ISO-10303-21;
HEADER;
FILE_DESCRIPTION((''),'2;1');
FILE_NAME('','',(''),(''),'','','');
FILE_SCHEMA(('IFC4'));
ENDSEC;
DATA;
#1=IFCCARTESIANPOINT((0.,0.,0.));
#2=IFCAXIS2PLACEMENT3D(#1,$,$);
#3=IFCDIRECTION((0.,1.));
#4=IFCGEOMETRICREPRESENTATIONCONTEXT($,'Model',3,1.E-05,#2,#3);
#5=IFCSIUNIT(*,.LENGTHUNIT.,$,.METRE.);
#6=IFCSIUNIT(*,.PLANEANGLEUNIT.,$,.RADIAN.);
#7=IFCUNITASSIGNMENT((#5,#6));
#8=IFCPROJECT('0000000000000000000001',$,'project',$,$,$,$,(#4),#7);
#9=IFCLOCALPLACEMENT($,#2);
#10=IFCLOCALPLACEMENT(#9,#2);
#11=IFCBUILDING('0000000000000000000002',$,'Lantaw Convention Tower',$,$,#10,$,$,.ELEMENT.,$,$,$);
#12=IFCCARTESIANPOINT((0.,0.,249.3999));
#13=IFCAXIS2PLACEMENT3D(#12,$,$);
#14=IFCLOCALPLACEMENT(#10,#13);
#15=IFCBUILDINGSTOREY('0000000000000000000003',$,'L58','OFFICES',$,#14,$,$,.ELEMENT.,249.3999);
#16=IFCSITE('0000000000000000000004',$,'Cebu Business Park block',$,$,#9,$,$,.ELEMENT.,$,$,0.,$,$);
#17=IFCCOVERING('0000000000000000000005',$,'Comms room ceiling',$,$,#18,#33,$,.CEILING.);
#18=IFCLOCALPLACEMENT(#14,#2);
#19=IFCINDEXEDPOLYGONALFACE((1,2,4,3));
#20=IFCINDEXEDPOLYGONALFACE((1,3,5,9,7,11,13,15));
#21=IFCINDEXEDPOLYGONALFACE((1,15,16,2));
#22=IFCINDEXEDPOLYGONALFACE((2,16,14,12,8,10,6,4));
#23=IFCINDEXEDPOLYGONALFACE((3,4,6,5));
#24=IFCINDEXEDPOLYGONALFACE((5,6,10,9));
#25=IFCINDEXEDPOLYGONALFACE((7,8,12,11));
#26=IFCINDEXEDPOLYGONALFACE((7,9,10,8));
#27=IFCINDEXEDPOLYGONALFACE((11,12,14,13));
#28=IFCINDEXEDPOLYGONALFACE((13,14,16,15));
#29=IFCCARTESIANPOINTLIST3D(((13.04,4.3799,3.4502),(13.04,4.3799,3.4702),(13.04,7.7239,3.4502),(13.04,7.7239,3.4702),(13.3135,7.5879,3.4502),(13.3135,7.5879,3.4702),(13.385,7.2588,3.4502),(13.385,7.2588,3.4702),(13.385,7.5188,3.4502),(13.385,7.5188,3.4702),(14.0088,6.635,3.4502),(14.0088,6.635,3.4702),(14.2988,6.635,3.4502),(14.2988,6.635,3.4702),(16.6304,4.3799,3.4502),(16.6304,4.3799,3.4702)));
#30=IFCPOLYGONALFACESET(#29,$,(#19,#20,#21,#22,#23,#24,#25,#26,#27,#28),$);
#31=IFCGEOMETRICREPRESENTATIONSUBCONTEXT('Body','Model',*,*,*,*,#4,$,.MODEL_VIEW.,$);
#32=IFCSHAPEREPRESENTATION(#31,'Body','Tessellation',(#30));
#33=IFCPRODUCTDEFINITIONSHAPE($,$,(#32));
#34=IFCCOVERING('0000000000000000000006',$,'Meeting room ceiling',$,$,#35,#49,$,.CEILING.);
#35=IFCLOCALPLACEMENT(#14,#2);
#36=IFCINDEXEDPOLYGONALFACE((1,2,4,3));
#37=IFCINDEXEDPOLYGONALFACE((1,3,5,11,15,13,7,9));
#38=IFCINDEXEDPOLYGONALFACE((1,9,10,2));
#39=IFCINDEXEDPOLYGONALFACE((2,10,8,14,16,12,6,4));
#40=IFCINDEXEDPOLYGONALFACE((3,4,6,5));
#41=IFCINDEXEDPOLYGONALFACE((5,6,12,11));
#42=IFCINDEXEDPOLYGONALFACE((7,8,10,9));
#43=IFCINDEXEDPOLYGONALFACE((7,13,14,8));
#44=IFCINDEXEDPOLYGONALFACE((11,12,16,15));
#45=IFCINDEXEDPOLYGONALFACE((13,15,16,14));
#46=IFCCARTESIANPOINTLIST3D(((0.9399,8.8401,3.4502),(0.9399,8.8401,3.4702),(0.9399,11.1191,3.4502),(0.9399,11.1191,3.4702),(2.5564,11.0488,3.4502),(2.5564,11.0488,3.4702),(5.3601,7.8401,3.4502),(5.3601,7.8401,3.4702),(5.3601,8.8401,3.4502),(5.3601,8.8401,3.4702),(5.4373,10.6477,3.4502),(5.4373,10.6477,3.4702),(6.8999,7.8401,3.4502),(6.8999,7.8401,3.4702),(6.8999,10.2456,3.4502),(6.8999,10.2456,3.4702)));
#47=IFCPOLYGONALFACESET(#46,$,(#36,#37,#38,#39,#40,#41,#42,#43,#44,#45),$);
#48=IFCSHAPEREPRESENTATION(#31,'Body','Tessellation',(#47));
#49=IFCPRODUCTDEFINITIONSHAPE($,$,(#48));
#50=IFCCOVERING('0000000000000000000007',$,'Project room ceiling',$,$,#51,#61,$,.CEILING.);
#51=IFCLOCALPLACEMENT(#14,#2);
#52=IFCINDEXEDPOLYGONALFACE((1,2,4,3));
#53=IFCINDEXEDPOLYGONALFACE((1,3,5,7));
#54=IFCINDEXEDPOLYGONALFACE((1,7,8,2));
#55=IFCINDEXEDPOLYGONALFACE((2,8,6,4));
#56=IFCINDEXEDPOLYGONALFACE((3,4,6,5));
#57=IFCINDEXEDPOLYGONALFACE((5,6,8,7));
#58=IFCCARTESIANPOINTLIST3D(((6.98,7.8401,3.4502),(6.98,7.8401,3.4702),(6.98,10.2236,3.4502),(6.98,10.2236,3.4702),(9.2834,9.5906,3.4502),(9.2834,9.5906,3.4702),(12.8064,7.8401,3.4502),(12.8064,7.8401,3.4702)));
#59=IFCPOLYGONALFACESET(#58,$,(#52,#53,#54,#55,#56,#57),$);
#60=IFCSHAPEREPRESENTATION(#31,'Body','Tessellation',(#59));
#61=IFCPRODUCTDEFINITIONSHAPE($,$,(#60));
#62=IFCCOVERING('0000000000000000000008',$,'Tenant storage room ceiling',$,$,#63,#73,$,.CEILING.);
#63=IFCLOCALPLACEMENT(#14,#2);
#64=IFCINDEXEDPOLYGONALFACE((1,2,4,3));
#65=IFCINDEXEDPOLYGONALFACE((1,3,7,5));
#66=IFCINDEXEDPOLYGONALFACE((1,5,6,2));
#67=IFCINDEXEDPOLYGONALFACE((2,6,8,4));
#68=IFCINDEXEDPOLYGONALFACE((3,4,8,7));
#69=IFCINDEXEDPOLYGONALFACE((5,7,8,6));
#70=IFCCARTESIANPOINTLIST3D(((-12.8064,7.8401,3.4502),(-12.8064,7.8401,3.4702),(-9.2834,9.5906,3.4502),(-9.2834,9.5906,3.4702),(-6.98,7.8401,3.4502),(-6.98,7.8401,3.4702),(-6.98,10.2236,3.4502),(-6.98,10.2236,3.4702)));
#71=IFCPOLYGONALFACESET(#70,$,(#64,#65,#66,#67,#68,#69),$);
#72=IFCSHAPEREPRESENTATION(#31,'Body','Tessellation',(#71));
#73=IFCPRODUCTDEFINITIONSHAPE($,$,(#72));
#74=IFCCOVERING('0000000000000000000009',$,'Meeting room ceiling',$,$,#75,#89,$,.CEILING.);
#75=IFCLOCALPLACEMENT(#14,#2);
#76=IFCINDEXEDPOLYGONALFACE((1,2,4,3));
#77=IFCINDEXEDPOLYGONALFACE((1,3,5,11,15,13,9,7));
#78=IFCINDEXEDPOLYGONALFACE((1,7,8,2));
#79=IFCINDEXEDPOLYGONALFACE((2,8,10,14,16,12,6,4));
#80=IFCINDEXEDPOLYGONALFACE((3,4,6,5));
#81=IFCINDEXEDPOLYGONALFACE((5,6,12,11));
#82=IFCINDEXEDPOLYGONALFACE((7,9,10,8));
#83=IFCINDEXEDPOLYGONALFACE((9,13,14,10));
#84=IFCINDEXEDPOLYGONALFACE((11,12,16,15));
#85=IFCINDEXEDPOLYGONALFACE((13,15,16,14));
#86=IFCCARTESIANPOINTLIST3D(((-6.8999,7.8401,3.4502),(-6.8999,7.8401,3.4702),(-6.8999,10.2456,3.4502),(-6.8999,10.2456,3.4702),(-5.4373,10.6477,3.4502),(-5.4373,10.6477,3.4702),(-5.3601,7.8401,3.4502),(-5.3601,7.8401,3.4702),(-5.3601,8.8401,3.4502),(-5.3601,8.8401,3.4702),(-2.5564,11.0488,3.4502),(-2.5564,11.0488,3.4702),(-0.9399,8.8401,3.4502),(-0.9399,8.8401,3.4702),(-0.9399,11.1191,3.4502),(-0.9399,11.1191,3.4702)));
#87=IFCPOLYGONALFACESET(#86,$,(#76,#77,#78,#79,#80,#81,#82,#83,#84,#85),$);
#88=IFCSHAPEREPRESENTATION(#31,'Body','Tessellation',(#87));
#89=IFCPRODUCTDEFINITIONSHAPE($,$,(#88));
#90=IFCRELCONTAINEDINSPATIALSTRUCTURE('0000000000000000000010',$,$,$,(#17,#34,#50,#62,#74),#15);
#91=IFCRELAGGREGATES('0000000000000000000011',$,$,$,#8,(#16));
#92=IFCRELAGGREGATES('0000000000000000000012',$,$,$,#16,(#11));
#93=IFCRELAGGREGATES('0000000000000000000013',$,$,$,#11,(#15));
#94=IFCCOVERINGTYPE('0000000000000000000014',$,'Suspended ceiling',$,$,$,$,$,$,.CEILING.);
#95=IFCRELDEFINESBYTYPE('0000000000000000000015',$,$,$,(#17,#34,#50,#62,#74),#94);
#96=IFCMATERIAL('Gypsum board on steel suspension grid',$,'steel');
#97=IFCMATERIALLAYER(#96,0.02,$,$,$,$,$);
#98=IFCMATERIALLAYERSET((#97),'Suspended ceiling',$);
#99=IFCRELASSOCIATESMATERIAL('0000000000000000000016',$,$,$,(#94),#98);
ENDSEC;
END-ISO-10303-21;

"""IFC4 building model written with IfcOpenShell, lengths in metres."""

from ifc_helpers import new_model, si_unit, direction, frame, origin, place, context, subcontext, project, spatial, polyline, outline, extrude, material, layer, layer_set, type_object, element, save


model = new_model("IFC4")

# Units and contexts
model_context = context("Model", 3, precision=1e-05, world=origin(), true_north=direction((0.0, 1.0)))
body_context = subcontext(model_context, "Body", "Model", "MODEL_VIEW")
ifc_project = project(units=[si_unit("LENGTHUNIT", "METRE"), si_unit("PLANEANGLEUNIT", "RADIAN")], contexts=[model_context])

# Site, building, storey
site_placement = place(None, origin())
site = spatial("IfcSite", under=ifc_project, at=site_placement, Name="Cebu Business Park block", CompositionType="ELEMENT", RefElevation=0.0)
building_placement = place(site_placement, origin())
building = spatial("IfcBuilding", under=site, at=building_placement, Name="Lantaw Convention Tower", CompositionType="ELEMENT")
storey_placement = place(building_placement, frame((0.0, 0.0, 249.3999)))
storey = spatial("IfcBuildingStorey", under=building, at=storey_placement, Name="L58", Description="OFFICES", CompositionType="ELEMENT", Elevation=249.3999)

# Coverings
ifc_material_1 = material(Name="Gypsum board on steel suspension grid", Category="steel")
ifc_layer_1 = layer(ifc_material_1, 0.02)
ifc_layer_set_1 = layer_set([ifc_layer_1], Name="Suspended ceiling")
covering_type = type_object("IfcCoveringType", Name="Suspended ceiling", PredefinedType="CEILING", material=ifc_layer_set_1)
covering_1_placement = place(storey_placement, frame((0.0, 0.0, 3.4502)))
element("IfcCovering", 1, at=covering_1_placement, inside=storey, type_object=covering_type, Name="Comms room ceiling", PredefinedType="CEILING", context=body_context, shape_type="SweptSolid", body=[
    extrude(outline(polyline([(13.385, 7.5188), (13.3135, 7.5879), (13.04, 7.7239), (13.04, 4.3799), (16.6304, 4.3799), (14.2988, 6.635), (14.0088, 6.635), (13.385, 7.2588), (13.385, 7.5188)])), origin(), (0.0, 0.0, 1.0), 0.02),
])
covering_2_placement = place(storey_placement, frame((0.0, 0.0, 3.4502)))
element("IfcCovering", 2, at=covering_2_placement, inside=storey, type_object=covering_type, Name="Meeting room ceiling", PredefinedType="CEILING", context=body_context, shape_type="SweptSolid", body=[
    extrude(outline(polyline([(5.3601, 8.8401), (5.3601, 7.8401), (6.8999, 7.8401), (6.8999, 10.2456), (5.4373, 10.6477), (2.5564, 11.0488), (0.9399, 11.1191), (0.9399, 8.8401), (5.3601, 8.8401)])), origin(), (0.0, 0.0, 1.0), 0.02),
])
covering_3_placement = place(storey_placement, frame((0.0, 0.0, 3.4502)))
element("IfcCovering", 3, at=covering_3_placement, inside=storey, type_object=covering_type, Name="Project room ceiling", PredefinedType="CEILING", context=body_context, shape_type="SweptSolid", body=[
    extrude(outline(polyline([(9.2834, 9.5906), (6.98, 10.2236), (6.98, 7.8401), (12.8064, 7.8401), (9.2834, 9.5906)])), origin(), (0.0, 0.0, 1.0), 0.02),
])
covering_4_placement = place(storey_placement, frame((0.0, 0.0, 3.4502)))
element("IfcCovering", 4, at=covering_4_placement, inside=storey, type_object=covering_type, Name="Tenant storage room ceiling", PredefinedType="CEILING", context=body_context, shape_type="SweptSolid", body=[
    extrude(outline(polyline([(-9.2834, 9.5906), (-12.8064, 7.8401), (-6.98, 7.8401), (-6.98, 10.2236), (-9.2834, 9.5906)])), origin(), (0.0, 0.0, 1.0), 0.02),
])
covering_5_placement = place(storey_placement, frame((0.0, 0.0, 3.4502)))
element("IfcCovering", 5, at=covering_5_placement, inside=storey, type_object=covering_type, Name="Meeting room ceiling", PredefinedType="CEILING", context=body_context, shape_type="SweptSolid", body=[
    extrude(outline(polyline([(-5.4373, 10.6477), (-6.8999, 10.2456), (-6.8999, 7.8401), (-5.3601, 7.8401), (-5.3601, 8.8401), (-0.9399, 8.8401), (-0.9399, 11.1191), (-2.5564, 11.0488), (-5.4373, 10.6477)])), origin(), (0.0, 0.0, 1.0), 0.02),
])

save(model, "model.ifc")
